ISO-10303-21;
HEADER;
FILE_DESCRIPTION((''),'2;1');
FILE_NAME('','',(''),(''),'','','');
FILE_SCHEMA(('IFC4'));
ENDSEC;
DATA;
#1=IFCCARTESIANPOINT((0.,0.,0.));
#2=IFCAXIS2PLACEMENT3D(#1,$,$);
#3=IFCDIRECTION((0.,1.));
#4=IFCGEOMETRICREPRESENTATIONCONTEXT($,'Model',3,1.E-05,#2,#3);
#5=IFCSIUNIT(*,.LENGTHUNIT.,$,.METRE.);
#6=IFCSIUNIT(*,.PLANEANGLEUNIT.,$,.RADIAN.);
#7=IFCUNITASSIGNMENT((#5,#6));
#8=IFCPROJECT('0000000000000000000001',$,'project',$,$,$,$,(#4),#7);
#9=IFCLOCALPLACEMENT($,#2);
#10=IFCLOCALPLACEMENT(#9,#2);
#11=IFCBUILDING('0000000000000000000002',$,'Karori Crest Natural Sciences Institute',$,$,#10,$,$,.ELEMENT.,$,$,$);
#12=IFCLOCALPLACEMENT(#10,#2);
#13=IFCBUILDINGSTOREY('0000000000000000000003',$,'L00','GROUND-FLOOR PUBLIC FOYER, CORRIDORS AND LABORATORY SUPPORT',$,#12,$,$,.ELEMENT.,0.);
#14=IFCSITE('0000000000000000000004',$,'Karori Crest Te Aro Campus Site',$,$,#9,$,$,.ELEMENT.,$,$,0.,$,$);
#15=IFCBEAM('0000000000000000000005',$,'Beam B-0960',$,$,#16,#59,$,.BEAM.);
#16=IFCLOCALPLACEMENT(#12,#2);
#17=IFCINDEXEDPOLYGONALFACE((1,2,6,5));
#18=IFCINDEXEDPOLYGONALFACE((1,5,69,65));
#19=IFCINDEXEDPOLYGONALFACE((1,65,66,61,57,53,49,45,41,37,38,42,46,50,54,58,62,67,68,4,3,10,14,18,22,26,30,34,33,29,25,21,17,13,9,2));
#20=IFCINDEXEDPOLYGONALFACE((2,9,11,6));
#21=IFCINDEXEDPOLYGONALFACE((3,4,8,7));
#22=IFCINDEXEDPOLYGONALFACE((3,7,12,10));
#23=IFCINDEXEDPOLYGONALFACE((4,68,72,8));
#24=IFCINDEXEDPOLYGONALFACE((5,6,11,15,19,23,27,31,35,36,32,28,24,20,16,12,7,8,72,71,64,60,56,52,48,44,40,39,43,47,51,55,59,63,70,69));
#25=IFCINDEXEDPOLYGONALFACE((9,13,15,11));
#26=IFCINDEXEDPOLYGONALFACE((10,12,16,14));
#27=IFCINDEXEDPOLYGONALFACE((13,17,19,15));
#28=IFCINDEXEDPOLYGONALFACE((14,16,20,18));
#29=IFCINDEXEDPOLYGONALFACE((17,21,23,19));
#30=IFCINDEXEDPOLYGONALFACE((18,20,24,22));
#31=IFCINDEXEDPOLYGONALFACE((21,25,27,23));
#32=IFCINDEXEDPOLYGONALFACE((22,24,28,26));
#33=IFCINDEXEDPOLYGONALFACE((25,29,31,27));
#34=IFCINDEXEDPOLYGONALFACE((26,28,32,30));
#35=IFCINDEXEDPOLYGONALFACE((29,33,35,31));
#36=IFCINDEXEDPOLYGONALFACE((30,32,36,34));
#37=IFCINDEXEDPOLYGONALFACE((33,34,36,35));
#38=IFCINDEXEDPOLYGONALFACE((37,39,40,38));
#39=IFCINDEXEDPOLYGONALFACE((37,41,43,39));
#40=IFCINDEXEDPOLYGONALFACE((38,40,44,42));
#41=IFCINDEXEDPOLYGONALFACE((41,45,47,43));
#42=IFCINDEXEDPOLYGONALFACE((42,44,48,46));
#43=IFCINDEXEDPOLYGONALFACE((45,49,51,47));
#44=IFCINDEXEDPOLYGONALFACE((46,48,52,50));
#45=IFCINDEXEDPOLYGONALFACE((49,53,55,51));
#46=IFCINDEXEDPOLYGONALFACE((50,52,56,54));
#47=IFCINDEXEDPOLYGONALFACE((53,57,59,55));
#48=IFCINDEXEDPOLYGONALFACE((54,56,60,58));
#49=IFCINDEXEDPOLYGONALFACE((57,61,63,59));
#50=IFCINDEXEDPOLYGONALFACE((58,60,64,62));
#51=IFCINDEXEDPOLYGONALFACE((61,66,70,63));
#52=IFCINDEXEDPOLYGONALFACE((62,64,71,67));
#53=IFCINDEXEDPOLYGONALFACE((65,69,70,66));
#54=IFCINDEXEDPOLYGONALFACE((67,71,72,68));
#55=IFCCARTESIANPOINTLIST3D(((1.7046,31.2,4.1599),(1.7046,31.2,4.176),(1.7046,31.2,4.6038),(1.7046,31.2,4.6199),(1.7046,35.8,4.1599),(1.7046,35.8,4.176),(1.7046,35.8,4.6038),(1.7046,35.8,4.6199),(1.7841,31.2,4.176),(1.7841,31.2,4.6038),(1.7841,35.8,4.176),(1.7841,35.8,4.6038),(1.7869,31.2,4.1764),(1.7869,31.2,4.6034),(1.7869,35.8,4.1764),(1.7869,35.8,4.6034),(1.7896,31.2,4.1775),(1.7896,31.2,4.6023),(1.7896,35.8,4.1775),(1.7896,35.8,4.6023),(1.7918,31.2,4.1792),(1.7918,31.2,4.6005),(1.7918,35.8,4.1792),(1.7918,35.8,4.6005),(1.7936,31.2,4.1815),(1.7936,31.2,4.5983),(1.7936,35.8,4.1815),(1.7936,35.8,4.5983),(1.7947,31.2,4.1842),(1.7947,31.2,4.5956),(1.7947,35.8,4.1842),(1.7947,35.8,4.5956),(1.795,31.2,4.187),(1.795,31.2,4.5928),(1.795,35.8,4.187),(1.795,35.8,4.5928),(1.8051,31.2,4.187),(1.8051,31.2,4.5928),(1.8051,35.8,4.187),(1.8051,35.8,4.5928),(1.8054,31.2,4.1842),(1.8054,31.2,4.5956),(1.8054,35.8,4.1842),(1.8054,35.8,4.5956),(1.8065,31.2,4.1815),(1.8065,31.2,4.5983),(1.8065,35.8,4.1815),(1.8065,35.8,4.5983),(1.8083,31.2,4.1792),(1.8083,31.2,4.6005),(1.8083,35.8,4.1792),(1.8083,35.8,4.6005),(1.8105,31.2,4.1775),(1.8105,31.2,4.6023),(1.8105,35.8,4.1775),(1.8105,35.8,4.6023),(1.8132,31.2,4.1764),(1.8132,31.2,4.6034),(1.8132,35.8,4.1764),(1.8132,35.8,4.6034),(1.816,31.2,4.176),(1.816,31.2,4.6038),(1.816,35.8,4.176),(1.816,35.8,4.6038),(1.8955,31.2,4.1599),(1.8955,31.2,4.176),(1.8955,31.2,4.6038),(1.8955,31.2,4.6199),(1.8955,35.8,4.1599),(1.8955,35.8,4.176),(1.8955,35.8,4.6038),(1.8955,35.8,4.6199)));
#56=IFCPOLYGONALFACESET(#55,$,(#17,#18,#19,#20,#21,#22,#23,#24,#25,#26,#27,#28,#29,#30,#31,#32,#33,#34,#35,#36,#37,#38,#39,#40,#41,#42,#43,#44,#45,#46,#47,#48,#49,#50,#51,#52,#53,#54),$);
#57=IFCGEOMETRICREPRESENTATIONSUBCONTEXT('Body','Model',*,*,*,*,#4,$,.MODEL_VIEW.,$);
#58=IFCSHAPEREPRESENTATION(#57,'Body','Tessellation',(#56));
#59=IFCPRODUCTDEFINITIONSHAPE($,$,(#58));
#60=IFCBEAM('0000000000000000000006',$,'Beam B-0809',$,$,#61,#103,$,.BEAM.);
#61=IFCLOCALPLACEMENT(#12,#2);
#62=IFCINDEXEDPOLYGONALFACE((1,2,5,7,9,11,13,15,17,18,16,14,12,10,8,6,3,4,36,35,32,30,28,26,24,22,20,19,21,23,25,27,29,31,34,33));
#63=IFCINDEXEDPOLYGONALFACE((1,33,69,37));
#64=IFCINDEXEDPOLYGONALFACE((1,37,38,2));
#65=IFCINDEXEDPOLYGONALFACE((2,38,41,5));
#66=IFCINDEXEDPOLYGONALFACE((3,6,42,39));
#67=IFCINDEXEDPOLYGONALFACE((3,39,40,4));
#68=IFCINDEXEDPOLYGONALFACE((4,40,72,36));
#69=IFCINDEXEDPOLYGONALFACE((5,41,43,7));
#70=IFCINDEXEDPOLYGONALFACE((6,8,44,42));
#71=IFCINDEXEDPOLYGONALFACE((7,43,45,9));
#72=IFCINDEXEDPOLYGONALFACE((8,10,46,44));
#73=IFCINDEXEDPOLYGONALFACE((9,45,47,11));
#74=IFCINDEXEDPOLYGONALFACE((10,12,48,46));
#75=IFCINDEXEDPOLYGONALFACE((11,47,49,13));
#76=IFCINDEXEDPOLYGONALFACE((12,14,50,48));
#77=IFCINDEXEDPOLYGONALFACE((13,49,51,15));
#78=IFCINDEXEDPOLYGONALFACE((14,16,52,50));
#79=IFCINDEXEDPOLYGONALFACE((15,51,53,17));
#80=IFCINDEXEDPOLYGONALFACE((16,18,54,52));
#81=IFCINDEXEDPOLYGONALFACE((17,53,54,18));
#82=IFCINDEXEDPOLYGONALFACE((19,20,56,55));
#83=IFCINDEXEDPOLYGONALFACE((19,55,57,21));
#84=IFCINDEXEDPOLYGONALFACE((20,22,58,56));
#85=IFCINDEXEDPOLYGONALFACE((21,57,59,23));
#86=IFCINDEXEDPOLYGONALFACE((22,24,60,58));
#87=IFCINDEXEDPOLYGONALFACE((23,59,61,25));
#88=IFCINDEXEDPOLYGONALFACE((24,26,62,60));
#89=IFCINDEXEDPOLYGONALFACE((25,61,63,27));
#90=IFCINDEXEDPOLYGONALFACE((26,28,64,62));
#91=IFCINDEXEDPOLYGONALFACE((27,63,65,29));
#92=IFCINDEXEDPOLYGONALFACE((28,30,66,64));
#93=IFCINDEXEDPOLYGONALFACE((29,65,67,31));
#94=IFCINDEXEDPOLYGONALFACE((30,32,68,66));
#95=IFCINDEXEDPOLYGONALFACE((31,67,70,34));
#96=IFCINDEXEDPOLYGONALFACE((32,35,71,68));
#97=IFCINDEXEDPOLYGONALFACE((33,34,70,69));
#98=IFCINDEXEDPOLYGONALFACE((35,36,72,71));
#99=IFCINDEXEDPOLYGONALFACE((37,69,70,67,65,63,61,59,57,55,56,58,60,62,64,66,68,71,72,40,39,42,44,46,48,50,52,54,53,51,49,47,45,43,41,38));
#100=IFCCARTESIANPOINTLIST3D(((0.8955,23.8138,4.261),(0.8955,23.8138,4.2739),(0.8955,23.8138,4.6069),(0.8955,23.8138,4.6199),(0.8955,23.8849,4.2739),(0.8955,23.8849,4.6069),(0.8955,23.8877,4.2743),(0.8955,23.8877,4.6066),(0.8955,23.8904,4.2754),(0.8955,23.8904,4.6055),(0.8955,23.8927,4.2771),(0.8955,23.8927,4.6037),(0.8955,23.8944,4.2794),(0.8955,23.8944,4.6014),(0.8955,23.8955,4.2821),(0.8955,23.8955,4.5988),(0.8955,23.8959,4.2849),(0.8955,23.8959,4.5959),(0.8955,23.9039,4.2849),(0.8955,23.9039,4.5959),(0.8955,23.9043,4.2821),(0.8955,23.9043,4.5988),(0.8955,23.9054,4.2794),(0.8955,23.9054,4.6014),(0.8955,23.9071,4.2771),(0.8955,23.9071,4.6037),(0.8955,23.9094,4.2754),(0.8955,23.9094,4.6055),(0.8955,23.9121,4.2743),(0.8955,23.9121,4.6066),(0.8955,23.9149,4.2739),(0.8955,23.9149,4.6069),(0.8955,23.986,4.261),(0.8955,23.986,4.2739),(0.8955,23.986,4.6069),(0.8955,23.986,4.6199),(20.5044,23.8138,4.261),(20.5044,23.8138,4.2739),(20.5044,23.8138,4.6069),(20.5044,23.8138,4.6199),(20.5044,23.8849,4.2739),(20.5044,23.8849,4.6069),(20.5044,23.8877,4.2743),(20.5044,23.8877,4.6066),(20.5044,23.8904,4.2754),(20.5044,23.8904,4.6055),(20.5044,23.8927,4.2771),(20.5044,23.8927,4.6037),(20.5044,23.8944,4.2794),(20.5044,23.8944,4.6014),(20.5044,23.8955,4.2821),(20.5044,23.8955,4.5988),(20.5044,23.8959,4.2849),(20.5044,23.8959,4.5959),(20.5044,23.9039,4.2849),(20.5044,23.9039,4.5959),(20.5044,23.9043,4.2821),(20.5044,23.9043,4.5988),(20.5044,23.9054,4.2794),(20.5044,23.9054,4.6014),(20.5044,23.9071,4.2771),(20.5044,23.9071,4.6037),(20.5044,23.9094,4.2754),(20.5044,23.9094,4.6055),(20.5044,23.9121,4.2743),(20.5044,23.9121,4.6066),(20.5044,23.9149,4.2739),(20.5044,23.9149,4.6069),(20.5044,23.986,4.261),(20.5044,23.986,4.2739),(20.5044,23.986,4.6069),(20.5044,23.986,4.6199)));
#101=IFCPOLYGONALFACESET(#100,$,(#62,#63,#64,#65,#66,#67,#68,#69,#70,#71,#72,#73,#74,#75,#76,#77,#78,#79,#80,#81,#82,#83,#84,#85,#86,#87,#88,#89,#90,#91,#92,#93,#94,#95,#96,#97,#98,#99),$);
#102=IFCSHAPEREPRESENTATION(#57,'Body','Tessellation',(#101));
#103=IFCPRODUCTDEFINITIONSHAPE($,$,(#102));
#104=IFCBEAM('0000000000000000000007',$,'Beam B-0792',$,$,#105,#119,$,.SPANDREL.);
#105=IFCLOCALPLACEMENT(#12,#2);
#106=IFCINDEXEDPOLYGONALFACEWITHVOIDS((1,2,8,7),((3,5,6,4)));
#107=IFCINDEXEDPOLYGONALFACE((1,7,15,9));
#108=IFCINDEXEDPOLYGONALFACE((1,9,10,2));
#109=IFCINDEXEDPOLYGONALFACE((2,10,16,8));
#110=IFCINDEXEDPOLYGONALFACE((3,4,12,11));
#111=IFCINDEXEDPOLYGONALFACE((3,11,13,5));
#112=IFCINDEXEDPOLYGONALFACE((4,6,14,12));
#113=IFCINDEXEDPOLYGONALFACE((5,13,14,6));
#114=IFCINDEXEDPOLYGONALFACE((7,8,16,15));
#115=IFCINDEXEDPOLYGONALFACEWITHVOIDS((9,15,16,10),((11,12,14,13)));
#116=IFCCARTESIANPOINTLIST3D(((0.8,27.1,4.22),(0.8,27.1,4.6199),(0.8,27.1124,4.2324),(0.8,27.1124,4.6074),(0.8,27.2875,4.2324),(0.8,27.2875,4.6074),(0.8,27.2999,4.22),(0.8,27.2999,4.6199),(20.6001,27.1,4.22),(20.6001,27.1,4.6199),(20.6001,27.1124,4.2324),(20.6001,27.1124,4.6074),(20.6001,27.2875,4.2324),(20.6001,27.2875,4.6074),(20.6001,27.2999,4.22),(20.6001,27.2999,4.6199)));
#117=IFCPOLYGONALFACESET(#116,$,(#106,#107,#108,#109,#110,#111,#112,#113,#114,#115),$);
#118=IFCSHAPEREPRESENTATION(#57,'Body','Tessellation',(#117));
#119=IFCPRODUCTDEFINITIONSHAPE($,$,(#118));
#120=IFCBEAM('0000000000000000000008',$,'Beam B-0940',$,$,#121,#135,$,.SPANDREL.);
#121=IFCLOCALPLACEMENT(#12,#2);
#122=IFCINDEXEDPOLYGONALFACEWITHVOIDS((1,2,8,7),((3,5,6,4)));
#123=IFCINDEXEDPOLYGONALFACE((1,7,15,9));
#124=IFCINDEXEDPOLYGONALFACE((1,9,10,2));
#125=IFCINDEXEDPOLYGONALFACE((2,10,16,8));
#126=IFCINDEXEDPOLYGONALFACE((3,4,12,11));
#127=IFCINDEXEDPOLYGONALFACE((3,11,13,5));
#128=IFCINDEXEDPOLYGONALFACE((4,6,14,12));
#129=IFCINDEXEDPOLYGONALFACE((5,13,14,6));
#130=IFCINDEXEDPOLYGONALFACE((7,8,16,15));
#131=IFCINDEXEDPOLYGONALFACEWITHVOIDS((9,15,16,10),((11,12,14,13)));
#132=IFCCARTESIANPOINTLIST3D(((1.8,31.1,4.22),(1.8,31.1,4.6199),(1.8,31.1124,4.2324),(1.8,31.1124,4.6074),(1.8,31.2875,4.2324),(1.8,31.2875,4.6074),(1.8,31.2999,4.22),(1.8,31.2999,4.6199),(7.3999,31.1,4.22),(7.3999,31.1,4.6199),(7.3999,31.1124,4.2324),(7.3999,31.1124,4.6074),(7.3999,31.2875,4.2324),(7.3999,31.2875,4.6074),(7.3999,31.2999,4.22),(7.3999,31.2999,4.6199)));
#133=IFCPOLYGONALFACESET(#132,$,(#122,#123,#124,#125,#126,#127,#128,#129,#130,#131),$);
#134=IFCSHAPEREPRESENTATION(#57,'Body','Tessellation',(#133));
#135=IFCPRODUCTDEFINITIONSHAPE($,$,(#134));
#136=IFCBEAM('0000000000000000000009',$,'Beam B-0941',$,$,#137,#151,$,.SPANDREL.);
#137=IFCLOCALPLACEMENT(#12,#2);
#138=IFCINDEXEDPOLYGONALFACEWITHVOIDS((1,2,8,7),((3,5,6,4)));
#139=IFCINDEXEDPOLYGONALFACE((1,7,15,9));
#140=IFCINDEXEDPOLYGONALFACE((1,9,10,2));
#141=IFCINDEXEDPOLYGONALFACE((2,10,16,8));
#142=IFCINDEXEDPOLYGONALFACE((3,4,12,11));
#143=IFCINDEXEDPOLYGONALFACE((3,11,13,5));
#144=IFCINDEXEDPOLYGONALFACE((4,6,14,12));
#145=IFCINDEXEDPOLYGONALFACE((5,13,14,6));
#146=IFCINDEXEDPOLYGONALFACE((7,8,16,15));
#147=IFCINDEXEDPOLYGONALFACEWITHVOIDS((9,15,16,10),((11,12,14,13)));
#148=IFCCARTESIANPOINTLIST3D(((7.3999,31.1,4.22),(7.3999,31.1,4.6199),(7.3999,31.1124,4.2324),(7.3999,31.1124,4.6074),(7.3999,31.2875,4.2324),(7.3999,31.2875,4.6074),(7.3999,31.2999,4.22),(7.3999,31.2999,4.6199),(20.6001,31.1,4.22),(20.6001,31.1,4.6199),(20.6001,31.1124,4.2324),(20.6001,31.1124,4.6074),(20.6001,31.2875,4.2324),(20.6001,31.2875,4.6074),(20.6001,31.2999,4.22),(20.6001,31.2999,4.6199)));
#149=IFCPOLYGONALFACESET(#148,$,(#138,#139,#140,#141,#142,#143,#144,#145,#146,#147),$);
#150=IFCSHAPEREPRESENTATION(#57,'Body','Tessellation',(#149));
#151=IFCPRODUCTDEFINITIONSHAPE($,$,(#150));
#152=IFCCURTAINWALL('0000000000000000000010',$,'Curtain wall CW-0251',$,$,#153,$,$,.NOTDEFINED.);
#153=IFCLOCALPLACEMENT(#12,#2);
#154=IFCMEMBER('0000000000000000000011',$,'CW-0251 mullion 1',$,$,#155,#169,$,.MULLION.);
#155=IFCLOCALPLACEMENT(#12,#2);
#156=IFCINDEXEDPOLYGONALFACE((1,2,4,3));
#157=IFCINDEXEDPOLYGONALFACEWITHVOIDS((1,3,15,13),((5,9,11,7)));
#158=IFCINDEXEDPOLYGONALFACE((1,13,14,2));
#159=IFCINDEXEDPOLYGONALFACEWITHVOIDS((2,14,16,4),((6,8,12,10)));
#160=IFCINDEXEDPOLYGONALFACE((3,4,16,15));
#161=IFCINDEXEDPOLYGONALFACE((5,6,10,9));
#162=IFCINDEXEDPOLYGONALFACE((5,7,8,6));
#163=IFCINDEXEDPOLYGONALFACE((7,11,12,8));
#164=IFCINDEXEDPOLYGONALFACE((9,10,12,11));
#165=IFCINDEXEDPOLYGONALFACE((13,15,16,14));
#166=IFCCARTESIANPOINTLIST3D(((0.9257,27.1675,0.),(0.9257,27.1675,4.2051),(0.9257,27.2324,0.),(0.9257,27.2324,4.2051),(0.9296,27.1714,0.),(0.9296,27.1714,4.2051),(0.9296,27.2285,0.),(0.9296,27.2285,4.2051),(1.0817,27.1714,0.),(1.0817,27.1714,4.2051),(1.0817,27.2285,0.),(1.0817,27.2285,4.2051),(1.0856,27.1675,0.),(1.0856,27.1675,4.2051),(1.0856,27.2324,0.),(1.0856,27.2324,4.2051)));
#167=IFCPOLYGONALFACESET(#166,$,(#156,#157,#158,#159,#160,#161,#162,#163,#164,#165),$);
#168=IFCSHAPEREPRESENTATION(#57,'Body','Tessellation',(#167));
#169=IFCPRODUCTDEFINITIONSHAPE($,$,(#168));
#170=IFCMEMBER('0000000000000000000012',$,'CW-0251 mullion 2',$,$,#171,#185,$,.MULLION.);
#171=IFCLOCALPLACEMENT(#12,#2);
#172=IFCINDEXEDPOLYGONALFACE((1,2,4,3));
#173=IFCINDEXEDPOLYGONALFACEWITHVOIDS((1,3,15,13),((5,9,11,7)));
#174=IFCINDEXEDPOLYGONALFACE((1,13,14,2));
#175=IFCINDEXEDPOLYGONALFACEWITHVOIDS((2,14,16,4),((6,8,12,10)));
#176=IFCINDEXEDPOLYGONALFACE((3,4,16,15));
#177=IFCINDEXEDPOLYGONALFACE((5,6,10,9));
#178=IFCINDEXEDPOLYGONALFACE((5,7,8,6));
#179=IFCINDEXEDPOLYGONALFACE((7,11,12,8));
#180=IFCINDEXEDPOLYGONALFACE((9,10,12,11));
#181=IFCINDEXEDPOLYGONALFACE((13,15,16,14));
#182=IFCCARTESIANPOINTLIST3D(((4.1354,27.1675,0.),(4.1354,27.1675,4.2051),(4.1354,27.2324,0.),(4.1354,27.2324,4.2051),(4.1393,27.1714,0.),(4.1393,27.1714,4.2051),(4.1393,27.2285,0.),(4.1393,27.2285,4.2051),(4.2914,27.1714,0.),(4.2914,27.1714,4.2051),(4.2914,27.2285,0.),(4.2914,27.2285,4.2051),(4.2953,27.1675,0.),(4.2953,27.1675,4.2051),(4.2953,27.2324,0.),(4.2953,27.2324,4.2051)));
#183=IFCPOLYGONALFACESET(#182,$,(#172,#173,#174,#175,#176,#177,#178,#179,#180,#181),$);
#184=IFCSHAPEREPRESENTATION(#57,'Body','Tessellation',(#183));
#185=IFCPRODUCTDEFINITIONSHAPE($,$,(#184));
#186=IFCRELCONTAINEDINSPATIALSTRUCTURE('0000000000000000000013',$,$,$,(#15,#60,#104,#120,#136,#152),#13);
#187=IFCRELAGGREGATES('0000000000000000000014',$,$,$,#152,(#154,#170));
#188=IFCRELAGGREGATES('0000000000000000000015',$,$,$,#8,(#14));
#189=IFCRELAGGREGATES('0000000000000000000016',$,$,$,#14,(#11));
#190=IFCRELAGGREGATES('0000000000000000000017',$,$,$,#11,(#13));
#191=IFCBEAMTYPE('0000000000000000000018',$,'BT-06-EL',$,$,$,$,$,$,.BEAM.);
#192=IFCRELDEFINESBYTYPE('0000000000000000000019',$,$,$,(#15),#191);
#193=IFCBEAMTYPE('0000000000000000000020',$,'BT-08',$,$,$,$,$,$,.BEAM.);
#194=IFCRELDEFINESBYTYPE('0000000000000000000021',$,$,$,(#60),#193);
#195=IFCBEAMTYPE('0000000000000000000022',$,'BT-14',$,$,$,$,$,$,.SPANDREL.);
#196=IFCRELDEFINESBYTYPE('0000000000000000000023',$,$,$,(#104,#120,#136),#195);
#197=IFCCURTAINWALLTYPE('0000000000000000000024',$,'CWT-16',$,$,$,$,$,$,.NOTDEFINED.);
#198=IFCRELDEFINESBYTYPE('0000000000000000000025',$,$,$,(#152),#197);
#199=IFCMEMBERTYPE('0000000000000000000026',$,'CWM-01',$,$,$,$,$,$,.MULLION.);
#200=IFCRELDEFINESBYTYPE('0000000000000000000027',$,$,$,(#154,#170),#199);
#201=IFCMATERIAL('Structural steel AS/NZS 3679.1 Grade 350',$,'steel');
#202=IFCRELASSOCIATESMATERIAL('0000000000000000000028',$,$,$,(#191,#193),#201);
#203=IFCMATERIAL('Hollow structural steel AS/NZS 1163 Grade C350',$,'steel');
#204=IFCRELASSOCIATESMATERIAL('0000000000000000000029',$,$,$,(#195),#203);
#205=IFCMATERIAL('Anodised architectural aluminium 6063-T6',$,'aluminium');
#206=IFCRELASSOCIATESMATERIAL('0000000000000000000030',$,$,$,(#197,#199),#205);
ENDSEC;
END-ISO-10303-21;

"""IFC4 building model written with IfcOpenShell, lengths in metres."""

from ifc_helpers import new_model, si_unit, direction, frame, origin, origin_2d, place, context, subcontext, project, spatial, hollow_rectangle, i_section, extrude, material, material_profile, profile_set, type_object, element, aggregate, save


model = new_model("IFC4")

# Units and contexts
model_context = context("Model", 3, precision=1e-05, world=origin(), true_north=direction((0.0, 1.0)))
body_context = subcontext(model_context, "Body", "Model", "MODEL_VIEW")
ifc_project = project(units=[si_unit("LENGTHUNIT", "METRE"), si_unit("PLANEANGLEUNIT", "RADIAN")], contexts=[model_context])

# Site, building, storey
site_placement = place(None, origin())
site = spatial("IfcSite", under=ifc_project, at=site_placement, Name="Karori Crest Te Aro Campus Site", CompositionType="ELEMENT", RefElevation=0.0)
building_placement = place(site_placement, origin())
building = spatial("IfcBuilding", under=site, at=building_placement, Name="Karori Crest Natural Sciences Institute", CompositionType="ELEMENT")
storey_placement = place(building_placement, origin())
storey = spatial("IfcBuildingStorey", under=building, at=storey_placement, Name="L00", Description="GROUND-FLOOR PUBLIC FOYER, CORRIDORS AND LABORATORY SUPPORT", CompositionType="ELEMENT", Elevation=0.0)

# Shared definitions
ifc_material_1 = material(Name="Structural steel AS/NZS 3679.1 Grade 350", Category="steel")

# Beams
ifc_material_profile_1 = material_profile(ifc_material_1, i_section(OverallWidth=0.1909, OverallDepth=0.46, WebThickness=0.01, FlangeThickness=0.0161, FilletRadius=0.011, at=origin_2d()), Name="460UB82.1")
ifc_profile_set_1 = profile_set([ifc_material_profile_1], Name="Structural steel AS/NZS 3679.1 Grade 350")
beam_type_1 = type_object("IfcBeamType", Name="BT-06-EL", PredefinedType="BEAM", material=ifc_profile_set_1)
beam_1_placement = place(storey_placement, frame((1.8, 31.2, 4.3899), z_axis=(0.0, 1.0, 0.0), x_axis=(-1.0, 0.0, 0.0)))
element("IfcBeam", 1, at=beam_1_placement, inside=storey, type_object=beam_type_1, Name="Beam B-0960", PredefinedType="BEAM", context=body_context, shape_type="SweptSolid", body=[
    extrude(i_section(OverallWidth=0.1909, OverallDepth=0.46, WebThickness=0.01, FlangeThickness=0.0161, FilletRadius=0.011, at=origin_2d()), origin(), (0.0, 0.0, 1.0), 4.6001),
])
ifc_material_profile_2 = material_profile(ifc_material_1, i_section(OverallWidth=0.1721, OverallDepth=0.3589, WebThickness=0.0081, FlangeThickness=0.0129, FilletRadius=0.011, at=origin_2d()), Name="360UB56.7")
ifc_profile_set_2 = profile_set([ifc_material_profile_2], Name="Structural steel AS/NZS 3679.1 Grade 350")
beam_type_2 = type_object("IfcBeamType", Name="BT-08", PredefinedType="BEAM", material=ifc_profile_set_2)
beam_2_placement = place(storey_placement, frame((0.8955, 23.8999, 4.4404), z_axis=(1.0, 0.0, 0.0), x_axis=(0.0, 1.0, 0.0)))
element("IfcBeam", 2, at=beam_2_placement, inside=storey, type_object=beam_type_2, Name="Beam B-0809", PredefinedType="BEAM", context=body_context, shape_type="SweptSolid", body=[
    extrude(i_section(OverallWidth=0.1721, OverallDepth=0.3589, WebThickness=0.0081, FlangeThickness=0.0129, FilletRadius=0.011, at=origin_2d()), origin(), (0.0, 0.0, 1.0), 19.6089),
])
ifc_material_2 = material(Name="Hollow structural steel AS/NZS 1163 Grade C350", Category="steel")
ifc_material_profile_3 = material_profile(ifc_material_2, hollow_rectangle(XDim=0.2, YDim=0.3999, WallThickness=0.0125, at=origin_2d()), Name="RHS400x200x12.5")
ifc_profile_set_3 = profile_set([ifc_material_profile_3], Name="Hollow structural steel AS/NZS 1163 Grade C350")
beam_type_3 = type_object("IfcBeamType", Name="BT-14", PredefinedType="SPANDREL", material=ifc_profile_set_3)
beam_3_placement = place(storey_placement, frame((0.8, 27.2, 4.4199), z_axis=(1.0, 0.0, 0.0), x_axis=(0.0, 1.0, 0.0)))
element("IfcBeam", 3, at=beam_3_placement, inside=storey, type_object=beam_type_3, Name="Beam B-0792", PredefinedType="SPANDREL", context=body_context, shape_type="SweptSolid", body=[
    extrude(hollow_rectangle(XDim=0.2, YDim=0.3999, WallThickness=0.0125, at=origin_2d()), origin(), (0.0, 0.0, 1.0), 19.8),
])
beam_4_placement = place(storey_placement, frame((1.8, 31.2, 4.4199), z_axis=(1.0, 0.0, 0.0), x_axis=(0.0, 1.0, 0.0)))
element("IfcBeam", 4, at=beam_4_placement, inside=storey, type_object=beam_type_3, Name="Beam B-0940", PredefinedType="SPANDREL", context=body_context, shape_type="SweptSolid", body=[
    extrude(hollow_rectangle(XDim=0.2, YDim=0.3999, WallThickness=0.0125, at=origin_2d()), origin(), (0.0, 0.0, 1.0), 5.5999),
])
beam_5_placement = place(storey_placement, frame((7.3999, 31.2, 4.4199), z_axis=(1.0, 0.0, 0.0), x_axis=(0.0, 1.0, 0.0)))
element("IfcBeam", 5, at=beam_5_placement, inside=storey, type_object=beam_type_3, Name="Beam B-0941", PredefinedType="SPANDREL", context=body_context, shape_type="SweptSolid", body=[
    extrude(hollow_rectangle(XDim=0.2, YDim=0.3999, WallThickness=0.0125, at=origin_2d()), origin(), (0.0, 0.0, 1.0), 13.2002),
])

# Curtain wall, members
ifc_material_3 = material(Name="Anodised architectural aluminium 6063-T6", Category="aluminium")
curtain_wall_type = type_object("IfcCurtainWallType", Name="CWT-16", PredefinedType="NOTDEFINED", material=ifc_material_3)
curtain_wall_placement = place(storey_placement, origin())
curtain_wall = element("IfcCurtainWall", 6, at=curtain_wall_placement, inside=storey, type_object=curtain_wall_type, Name="Curtain wall CW-0251", PredefinedType="NOTDEFINED")
ifc_material_profile_4 = material_profile(ifc_material_3, hollow_rectangle(XDim=0.0649, YDim=0.1599, WallThickness=0.0039, at=origin_2d()), Name="CWM160x65x4")
ifc_profile_set_4 = profile_set([ifc_material_profile_4], Name="Anodised architectural aluminium 6063-T6")
member_type_1 = type_object("IfcMemberType", Name="CWM-01", PredefinedType="MULLION", material=ifc_profile_set_4)
member_1_placement = place(storey_placement, frame((1.0056, 27.2, 0.0), z_axis=(0.0, 0.0, 1.0), x_axis=(0.0, 1.0, 0.0)))
member_1 = element("IfcMember", 7, at=member_1_placement, type_object=member_type_1, Name="CW-0251 mullion 1", PredefinedType="MULLION", context=body_context, shape_type="SweptSolid", body=[
    extrude(hollow_rectangle(XDim=0.0649, YDim=0.1599, WallThickness=0.0039, at=origin_2d()), origin(), (0.0, 0.0, 1.0), 4.2051),
])
member_2_placement = place(storey_placement, frame((4.2153, 27.2, 0.0), z_axis=(0.0, 0.0, 1.0), x_axis=(0.0, 1.0, 0.0)))
member_2 = element("IfcMember", 8, at=member_2_placement, type_object=member_type_1, Name="CW-0251 mullion 2", PredefinedType="MULLION", context=body_context, shape_type="SweptSolid", body=[
    extrude(hollow_rectangle(XDim=0.0649, YDim=0.1599, WallThickness=0.0039, at=origin_2d()), origin(), (0.0, 0.0, 1.0), 4.2051),
])

aggregate(curtain_wall, [member_1, member_2])

save(model, "model.ifc")
